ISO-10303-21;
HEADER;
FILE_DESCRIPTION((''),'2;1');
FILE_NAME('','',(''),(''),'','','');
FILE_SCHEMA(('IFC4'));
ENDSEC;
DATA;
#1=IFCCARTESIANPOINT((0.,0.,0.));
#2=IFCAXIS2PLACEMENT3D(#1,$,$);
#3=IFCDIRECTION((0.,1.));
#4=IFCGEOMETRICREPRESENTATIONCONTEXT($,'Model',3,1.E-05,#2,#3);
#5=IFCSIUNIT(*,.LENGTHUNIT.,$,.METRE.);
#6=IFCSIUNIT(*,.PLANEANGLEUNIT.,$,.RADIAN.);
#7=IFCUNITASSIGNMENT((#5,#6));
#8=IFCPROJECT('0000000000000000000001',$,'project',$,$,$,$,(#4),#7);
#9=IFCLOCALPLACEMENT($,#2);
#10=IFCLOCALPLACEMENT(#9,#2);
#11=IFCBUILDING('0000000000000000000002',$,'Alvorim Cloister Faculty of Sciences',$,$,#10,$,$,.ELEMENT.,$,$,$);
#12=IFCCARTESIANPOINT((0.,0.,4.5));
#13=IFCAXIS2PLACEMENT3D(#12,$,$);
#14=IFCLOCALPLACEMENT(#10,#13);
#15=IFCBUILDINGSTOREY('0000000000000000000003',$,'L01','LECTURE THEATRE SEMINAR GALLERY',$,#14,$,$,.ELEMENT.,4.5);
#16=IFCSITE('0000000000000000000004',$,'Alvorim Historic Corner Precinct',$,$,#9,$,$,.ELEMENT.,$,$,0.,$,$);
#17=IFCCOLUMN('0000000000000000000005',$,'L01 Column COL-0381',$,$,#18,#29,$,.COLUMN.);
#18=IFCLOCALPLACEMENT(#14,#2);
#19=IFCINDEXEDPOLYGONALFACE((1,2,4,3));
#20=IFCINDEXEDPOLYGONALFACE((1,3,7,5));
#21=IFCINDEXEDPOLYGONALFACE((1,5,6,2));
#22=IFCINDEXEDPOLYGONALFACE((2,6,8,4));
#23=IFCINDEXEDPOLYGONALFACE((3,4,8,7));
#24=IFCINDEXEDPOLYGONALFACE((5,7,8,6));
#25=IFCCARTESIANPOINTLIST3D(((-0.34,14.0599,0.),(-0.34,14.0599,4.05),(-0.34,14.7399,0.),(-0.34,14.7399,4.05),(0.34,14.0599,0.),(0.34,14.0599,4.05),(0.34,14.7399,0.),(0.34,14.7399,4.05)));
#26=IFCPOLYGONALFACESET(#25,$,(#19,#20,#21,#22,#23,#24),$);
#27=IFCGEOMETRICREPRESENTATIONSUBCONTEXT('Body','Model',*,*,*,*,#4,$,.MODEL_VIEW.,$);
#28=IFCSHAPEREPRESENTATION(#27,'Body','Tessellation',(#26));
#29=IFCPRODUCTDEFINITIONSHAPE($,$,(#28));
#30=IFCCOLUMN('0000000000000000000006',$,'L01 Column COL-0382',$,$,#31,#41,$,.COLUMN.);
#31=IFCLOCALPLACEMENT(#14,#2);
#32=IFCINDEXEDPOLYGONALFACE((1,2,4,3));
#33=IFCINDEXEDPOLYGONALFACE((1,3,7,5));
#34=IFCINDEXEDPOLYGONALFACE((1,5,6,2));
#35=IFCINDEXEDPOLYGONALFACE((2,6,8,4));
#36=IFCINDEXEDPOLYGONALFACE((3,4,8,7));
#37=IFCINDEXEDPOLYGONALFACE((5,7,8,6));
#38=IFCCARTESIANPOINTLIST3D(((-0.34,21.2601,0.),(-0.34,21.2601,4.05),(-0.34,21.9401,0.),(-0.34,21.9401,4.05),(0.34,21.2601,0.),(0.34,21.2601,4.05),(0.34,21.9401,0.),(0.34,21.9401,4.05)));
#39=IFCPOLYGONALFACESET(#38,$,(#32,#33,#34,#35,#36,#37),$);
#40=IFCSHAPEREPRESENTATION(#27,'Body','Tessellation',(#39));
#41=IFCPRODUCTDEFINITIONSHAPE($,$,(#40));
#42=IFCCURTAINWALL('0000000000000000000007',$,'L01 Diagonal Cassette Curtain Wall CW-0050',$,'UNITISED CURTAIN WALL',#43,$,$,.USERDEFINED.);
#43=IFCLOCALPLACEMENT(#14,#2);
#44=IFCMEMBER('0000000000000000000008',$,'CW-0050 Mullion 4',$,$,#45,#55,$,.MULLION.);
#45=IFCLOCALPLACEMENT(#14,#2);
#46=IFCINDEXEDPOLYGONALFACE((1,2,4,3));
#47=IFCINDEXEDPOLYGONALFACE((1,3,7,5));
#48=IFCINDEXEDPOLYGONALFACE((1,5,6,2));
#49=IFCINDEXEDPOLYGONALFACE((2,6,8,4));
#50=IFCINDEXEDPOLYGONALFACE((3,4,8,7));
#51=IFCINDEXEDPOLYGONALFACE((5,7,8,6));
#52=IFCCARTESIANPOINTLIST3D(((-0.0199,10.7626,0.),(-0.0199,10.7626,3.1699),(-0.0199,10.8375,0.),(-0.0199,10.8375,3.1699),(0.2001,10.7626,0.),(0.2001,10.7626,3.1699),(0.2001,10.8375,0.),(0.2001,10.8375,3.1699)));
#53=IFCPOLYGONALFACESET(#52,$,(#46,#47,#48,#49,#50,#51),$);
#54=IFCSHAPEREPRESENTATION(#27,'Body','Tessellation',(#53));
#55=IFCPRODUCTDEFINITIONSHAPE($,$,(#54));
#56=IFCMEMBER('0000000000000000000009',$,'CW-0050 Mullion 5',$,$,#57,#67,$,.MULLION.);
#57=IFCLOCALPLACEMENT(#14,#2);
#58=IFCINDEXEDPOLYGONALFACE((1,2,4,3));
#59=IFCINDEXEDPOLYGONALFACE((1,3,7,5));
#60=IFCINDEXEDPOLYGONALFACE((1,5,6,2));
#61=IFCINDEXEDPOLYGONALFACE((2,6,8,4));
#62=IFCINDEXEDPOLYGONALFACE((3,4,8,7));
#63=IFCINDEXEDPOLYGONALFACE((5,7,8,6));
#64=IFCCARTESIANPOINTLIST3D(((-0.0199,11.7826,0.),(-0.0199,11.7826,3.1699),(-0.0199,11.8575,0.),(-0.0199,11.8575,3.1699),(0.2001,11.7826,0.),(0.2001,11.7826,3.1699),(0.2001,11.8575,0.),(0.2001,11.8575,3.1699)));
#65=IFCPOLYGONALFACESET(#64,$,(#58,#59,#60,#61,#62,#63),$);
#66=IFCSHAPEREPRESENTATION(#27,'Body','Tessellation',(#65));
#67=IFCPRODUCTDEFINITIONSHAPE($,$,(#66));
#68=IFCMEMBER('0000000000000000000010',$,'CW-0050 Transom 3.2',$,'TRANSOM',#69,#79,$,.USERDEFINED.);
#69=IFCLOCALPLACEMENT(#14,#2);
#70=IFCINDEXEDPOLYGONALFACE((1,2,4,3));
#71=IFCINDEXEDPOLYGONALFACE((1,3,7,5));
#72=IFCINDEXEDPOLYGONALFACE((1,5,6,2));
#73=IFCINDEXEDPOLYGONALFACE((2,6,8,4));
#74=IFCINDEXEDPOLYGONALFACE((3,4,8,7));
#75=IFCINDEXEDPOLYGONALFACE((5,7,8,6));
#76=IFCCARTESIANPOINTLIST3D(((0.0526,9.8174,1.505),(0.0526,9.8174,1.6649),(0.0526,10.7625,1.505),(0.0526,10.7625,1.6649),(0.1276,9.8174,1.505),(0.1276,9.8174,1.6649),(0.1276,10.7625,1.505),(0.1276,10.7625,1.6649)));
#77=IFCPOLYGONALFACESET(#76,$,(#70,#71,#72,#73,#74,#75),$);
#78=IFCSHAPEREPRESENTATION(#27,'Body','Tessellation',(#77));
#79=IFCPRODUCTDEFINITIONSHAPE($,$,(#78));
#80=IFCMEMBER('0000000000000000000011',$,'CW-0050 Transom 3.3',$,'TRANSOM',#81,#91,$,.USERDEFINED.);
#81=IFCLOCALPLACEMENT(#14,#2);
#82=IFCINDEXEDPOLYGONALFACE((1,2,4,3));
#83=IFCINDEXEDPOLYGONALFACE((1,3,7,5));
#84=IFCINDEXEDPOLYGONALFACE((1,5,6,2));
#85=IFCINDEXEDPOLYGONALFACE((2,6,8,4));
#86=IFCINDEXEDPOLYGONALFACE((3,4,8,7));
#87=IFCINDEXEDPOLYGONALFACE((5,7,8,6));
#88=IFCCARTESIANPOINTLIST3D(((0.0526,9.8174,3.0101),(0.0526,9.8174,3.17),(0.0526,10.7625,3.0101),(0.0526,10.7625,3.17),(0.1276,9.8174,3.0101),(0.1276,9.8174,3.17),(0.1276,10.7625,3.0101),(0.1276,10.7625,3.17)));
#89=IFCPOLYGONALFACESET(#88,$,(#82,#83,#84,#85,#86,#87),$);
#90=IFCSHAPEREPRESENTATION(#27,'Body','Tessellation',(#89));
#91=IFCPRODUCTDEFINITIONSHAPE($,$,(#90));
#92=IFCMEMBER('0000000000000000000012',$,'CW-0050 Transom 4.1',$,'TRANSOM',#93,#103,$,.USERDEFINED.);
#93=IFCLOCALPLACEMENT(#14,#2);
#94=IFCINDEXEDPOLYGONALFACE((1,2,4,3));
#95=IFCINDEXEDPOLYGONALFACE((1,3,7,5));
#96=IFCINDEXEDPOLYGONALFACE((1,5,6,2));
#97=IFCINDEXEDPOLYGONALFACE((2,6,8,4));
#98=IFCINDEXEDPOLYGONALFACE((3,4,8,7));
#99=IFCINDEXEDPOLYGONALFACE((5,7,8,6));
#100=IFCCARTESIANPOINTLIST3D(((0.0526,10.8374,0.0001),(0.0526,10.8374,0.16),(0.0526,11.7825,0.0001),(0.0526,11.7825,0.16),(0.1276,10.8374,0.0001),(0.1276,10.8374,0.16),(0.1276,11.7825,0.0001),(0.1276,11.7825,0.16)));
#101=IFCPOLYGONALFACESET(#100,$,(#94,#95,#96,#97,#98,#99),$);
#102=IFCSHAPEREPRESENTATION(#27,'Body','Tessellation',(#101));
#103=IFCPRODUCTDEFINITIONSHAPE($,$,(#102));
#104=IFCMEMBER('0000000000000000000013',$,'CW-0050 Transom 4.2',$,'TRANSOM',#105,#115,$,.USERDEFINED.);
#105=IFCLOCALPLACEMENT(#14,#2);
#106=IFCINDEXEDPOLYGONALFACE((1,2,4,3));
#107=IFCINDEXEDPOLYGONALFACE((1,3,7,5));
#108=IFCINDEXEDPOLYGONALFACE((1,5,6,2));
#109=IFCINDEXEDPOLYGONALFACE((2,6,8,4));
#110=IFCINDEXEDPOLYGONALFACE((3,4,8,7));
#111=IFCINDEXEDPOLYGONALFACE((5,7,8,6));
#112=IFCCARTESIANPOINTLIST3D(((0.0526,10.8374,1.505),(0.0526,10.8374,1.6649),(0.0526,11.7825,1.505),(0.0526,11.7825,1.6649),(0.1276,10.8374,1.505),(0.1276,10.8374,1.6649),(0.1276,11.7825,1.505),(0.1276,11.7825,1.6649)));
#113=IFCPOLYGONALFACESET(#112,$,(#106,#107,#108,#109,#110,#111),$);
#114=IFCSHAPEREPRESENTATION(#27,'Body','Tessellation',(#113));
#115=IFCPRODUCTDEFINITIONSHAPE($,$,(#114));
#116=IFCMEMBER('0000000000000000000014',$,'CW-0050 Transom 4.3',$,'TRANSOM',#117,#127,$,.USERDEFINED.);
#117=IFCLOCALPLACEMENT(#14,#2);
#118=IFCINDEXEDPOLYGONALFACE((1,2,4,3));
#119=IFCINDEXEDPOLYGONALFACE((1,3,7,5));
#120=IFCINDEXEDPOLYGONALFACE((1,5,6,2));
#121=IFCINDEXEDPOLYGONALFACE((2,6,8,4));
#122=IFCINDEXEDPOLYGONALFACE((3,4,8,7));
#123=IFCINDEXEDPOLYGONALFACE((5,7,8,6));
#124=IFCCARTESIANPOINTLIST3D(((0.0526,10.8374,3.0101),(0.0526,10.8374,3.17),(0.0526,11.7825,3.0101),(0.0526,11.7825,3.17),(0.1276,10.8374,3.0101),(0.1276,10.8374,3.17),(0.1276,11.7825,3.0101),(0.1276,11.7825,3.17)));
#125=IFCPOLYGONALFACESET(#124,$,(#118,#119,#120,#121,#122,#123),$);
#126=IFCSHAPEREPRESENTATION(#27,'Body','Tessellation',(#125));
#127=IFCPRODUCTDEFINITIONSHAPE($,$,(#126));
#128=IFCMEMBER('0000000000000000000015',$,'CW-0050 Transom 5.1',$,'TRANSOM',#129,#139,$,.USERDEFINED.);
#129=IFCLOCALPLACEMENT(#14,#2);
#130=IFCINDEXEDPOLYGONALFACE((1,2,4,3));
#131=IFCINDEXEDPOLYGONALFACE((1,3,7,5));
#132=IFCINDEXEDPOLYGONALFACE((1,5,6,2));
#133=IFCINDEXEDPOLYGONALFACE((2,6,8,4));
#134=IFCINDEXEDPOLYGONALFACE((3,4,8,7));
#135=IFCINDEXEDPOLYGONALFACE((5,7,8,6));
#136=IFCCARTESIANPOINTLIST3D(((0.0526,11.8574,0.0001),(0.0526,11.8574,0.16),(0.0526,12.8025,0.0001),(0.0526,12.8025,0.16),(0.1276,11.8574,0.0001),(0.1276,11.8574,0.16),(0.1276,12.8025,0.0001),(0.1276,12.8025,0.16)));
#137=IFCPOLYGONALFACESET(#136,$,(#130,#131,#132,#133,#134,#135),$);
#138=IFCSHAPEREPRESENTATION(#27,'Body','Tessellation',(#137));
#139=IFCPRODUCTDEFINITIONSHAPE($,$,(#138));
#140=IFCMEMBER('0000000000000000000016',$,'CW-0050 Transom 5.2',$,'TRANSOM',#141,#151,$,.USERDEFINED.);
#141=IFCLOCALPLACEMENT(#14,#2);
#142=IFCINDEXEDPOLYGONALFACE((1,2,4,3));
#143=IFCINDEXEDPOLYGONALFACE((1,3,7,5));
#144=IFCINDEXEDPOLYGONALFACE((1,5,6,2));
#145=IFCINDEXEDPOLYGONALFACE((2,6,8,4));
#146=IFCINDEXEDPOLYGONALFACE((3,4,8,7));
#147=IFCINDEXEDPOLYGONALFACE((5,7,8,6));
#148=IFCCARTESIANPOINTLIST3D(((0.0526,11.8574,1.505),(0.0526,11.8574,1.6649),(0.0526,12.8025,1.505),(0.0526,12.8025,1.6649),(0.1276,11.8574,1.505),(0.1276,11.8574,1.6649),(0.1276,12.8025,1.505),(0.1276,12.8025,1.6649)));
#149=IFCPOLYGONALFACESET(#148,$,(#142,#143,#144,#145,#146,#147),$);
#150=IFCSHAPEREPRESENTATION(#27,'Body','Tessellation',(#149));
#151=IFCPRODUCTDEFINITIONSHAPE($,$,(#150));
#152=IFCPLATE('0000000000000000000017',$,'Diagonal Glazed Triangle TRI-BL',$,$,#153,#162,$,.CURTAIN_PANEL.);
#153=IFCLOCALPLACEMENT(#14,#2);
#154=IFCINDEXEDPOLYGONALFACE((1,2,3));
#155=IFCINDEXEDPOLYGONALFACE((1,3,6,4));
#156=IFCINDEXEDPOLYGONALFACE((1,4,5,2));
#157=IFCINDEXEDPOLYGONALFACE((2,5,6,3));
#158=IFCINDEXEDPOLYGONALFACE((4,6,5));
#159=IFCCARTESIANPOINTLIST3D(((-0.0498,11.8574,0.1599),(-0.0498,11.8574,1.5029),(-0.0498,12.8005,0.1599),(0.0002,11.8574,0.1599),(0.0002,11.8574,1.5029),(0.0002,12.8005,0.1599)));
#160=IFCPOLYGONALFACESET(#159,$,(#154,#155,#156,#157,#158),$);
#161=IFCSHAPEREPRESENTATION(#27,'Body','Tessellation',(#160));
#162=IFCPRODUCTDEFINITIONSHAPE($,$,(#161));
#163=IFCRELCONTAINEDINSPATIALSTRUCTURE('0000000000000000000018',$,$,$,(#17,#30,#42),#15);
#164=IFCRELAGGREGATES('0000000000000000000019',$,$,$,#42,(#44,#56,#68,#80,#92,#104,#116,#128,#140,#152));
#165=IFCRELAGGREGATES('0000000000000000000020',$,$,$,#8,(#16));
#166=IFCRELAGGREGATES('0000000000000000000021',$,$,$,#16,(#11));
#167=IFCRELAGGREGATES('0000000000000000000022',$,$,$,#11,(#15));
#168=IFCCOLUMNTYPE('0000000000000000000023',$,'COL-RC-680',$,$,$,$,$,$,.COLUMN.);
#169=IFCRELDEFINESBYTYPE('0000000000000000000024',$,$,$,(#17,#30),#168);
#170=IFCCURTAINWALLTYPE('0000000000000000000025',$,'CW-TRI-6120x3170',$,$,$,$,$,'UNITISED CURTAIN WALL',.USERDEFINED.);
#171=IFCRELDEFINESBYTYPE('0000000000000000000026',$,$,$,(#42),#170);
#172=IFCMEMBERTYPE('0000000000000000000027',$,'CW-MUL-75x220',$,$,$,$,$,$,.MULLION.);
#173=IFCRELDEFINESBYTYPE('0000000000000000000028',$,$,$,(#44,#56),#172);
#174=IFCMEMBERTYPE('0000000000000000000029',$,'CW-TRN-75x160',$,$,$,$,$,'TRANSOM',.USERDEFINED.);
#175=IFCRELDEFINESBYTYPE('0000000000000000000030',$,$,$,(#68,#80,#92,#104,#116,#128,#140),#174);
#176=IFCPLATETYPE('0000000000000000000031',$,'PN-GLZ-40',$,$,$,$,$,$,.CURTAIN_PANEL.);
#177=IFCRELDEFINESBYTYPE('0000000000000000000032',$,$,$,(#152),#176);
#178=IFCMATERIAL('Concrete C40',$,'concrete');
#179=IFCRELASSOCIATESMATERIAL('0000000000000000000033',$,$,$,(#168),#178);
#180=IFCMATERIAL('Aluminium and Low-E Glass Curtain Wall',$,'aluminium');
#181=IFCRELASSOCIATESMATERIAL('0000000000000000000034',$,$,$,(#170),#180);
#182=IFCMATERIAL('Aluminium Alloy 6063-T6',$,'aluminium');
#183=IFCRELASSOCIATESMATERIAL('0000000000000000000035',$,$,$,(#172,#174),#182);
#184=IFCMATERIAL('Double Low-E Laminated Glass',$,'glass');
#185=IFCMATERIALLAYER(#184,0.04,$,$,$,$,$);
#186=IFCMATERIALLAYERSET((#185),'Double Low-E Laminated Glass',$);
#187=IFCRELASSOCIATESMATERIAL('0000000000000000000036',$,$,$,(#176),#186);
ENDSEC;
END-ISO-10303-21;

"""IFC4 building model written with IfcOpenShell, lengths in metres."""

from ifc_helpers import new_model, si_unit, direction, frame, origin, origin_2d, place, context, subcontext, project, spatial, polyline, rectangle, outline, extrude, material, layer, layer_set, material_profile, profile_set, type_object, element, aggregate, save


model = new_model("IFC4")

# Units and contexts
model_context = context("Model", 3, precision=1e-05, world=origin(), true_north=direction((0.0, 1.0)))
body_context = subcontext(model_context, "Body", "Model", "MODEL_VIEW")
ifc_project = project(units=[si_unit("LENGTHUNIT", "METRE"), si_unit("PLANEANGLEUNIT", "RADIAN")], contexts=[model_context])

# Site, building, storey
site_placement = place(None, origin())
site = spatial("IfcSite", under=ifc_project, at=site_placement, Name="Alvorim Historic Corner Precinct", CompositionType="ELEMENT", RefElevation=0.0)
building_placement = place(site_placement, origin())
building = spatial("IfcBuilding", under=site, at=building_placement, Name="Alvorim Cloister Faculty of Sciences", CompositionType="ELEMENT")
storey_placement = place(building_placement, frame((0.0, 0.0, 4.5)))
storey = spatial("IfcBuildingStorey", under=building, at=storey_placement, Name="L01", Description="LECTURE THEATRE SEMINAR GALLERY", CompositionType="ELEMENT", Elevation=4.5)

# Columns
ifc_material_1 = material(Name="Concrete C40", Category="concrete")
ifc_material_profile_1 = material_profile(ifc_material_1, rectangle(XDim=0.6799, YDim=0.6799, at=origin_2d()), Name="RC40-COL-680x680")
ifc_profile_set_1 = profile_set([ifc_material_profile_1], Name="Concrete C40")
column_type = type_object("IfcColumnType", Name="COL-RC-680", PredefinedType="COLUMN", material=ifc_profile_set_1)
for number, where, z_axis, x_axis, name in (
    (1, (0.0, 14.3999, 0.0), (0.0, 0.0, 1.0), (1.0, 0.0, 0.0), "L01 Column COL-0381"),
    (2, (0.0, 21.6001, 0.0), (0.0, 0.0, 1.0), (1.0, 0.0, 0.0), "L01 Column COL-0382"),
):
    element("IfcColumn", number, at=place(storey_placement, frame(where, z_axis=z_axis, x_axis=x_axis)), inside=storey, type_object=column_type, Name=name, PredefinedType="COLUMN", context=body_context, shape_type="SweptSolid", body=[
        extrude(rectangle(XDim=0.6799, YDim=0.6799, at=origin_2d()), origin(), (0.0, 0.0, 1.0), 4.05),
    ])

# Curtain wall, members, plate
ifc_material_2 = material(Name="Aluminium and Low-E Glass Curtain Wall", Category="aluminium")
curtain_wall_type = type_object("IfcCurtainWallType", Name="CW-TRI-6120x3170", ElementType="UNITISED CURTAIN WALL", PredefinedType="USERDEFINED", material=ifc_material_2)
curtain_wall_placement = place(storey_placement, origin())
curtain_wall = element("IfcCurtainWall", 3, at=curtain_wall_placement, inside=storey, type_object=curtain_wall_type, Name="L01 Diagonal Cassette Curtain Wall CW-0050", ObjectType="UNITISED CURTAIN WALL", PredefinedType="USERDEFINED")
ifc_material_3 = material(Name="Aluminium Alloy 6063-T6", Category="aluminium")
ifc_material_profile_2 = material_profile(ifc_material_3, rectangle(XDim=0.075, YDim=0.22, at=origin_2d()), Name="ALU-MUL-75x220")
ifc_profile_set_2 = profile_set([ifc_material_profile_2], Name="Aluminium Alloy 6063-T6")
member_type_1 = type_object("IfcMemberType", Name="CW-MUL-75x220", PredefinedType="MULLION", material=ifc_profile_set_2)
member_1_placement = place(storey_placement, frame((0.0901, 10.8, 0.0), z_axis=(0.0, 0.0, 1.0), x_axis=(0.0, 1.0, 0.0)))
member_1 = element("IfcMember", 4, at=member_1_placement, type_object=member_type_1, Name="CW-0050 Mullion 4", PredefinedType="MULLION", context=body_context, shape_type="SweptSolid", body=[
    extrude(rectangle(XDim=0.075, YDim=0.22, at=origin_2d()), origin(), (0.0, 0.0, 1.0), 3.1699),
])
member_2_placement = place(storey_placement, frame((0.0901, 11.8201, 0.0), z_axis=(0.0, 0.0, 1.0), x_axis=(0.0, 1.0, 0.0)))
member_2 = element("IfcMember", 5, at=member_2_placement, type_object=member_type_1, Name="CW-0050 Mullion 5", PredefinedType="MULLION", context=body_context, shape_type="SweptSolid", body=[
    extrude(rectangle(XDim=0.075, YDim=0.22, at=origin_2d()), origin(), (0.0, 0.0, 1.0), 3.1699),
])
ifc_material_profile_3 = material_profile(ifc_material_3, rectangle(XDim=0.075, YDim=0.1599, at=origin_2d()), Name="ALU-TRN-75x160")
ifc_profile_set_3 = profile_set([ifc_material_profile_3], Name="Aluminium Alloy 6063-T6")
member_type_2 = type_object("IfcMemberType", Name="CW-TRN-75x160", ElementType="TRANSOM", PredefinedType="USERDEFINED", material=ifc_profile_set_3)
member_3_placement = place(storey_placement, frame((0.0901, 9.8174, 1.585), z_axis=(0.0, 1.0, 0.0), x_axis=(-1.0, 0.0, 0.0)))
member_3 = element("IfcMember", 6, at=member_3_placement, type_object=member_type_2, Name="CW-0050 Transom 3.2", ObjectType="TRANSOM", PredefinedType="USERDEFINED", context=body_context, shape_type="SweptSolid", body=[
    extrude(rectangle(XDim=0.075, YDim=0.1599, at=origin_2d()), origin(), (0.0, 0.0, 1.0), 0.9451),
])
member_4_placement = place(storey_placement, frame((0.0901, 9.8174, 3.0901), z_axis=(0.0, 1.0, 0.0), x_axis=(-1.0, 0.0, 0.0)))
member_4 = element("IfcMember", 7, at=member_4_placement, type_object=member_type_2, Name="CW-0050 Transom 3.3", ObjectType="TRANSOM", PredefinedType="USERDEFINED", context=body_context, shape_type="SweptSolid", body=[
    extrude(rectangle(XDim=0.075, YDim=0.1599, at=origin_2d()), origin(), (0.0, 0.0, 1.0), 0.9451),
])
member_5_placement = place(storey_placement, frame((0.0901, 10.8374, 0.0801), z_axis=(0.0, 1.0, 0.0), x_axis=(-1.0, 0.0, 0.0)))
member_5 = element("IfcMember", 8, at=member_5_placement, type_object=member_type_2, Name="CW-0050 Transom 4.1", ObjectType="TRANSOM", PredefinedType="USERDEFINED", context=body_context, shape_type="SweptSolid", body=[
    extrude(rectangle(XDim=0.075, YDim=0.1599, at=origin_2d()), origin(), (0.0, 0.0, 1.0), 0.9451),
])
member_6_placement = place(storey_placement, frame((0.0901, 10.8374, 1.585), z_axis=(0.0, 1.0, 0.0), x_axis=(-1.0, 0.0, 0.0)))
member_6 = element("IfcMember", 9, at=member_6_placement, type_object=member_type_2, Name="CW-0050 Transom 4.2", ObjectType="TRANSOM", PredefinedType="USERDEFINED", context=body_context, shape_type="SweptSolid", body=[
    extrude(rectangle(XDim=0.075, YDim=0.1599, at=origin_2d()), origin(), (0.0, 0.0, 1.0), 0.9451),
])
member_7_placement = place(storey_placement, frame((0.0901, 10.8374, 3.0901), z_axis=(0.0, 1.0, 0.0), x_axis=(-1.0, 0.0, 0.0)))
member_7 = element("IfcMember", 10, at=member_7_placement, type_object=member_type_2, Name="CW-0050 Transom 4.3", ObjectType="TRANSOM", PredefinedType="USERDEFINED", context=body_context, shape_type="SweptSolid", body=[
    extrude(rectangle(XDim=0.075, YDim=0.1599, at=origin_2d()), origin(), (0.0, 0.0, 1.0), 0.9451),
])
member_8_placement = place(storey_placement, frame((0.0901, 11.8574, 0.0801), z_axis=(0.0, 1.0, 0.0), x_axis=(-1.0, 0.0, 0.0)))
member_8 = element("IfcMember", 11, at=member_8_placement, type_object=member_type_2, Name="CW-0050 Transom 5.1", ObjectType="TRANSOM", PredefinedType="USERDEFINED", context=body_context, shape_type="SweptSolid", body=[
    extrude(rectangle(XDim=0.075, YDim=0.1599, at=origin_2d()), origin(), (0.0, 0.0, 1.0), 0.9451),
])
member_9_placement = place(storey_placement, frame((0.0901, 11.8574, 1.585), z_axis=(0.0, 1.0, 0.0), x_axis=(-1.0, 0.0, 0.0)))
member_9 = element("IfcMember", 12, at=member_9_placement, type_object=member_type_2, Name="CW-0050 Transom 5.2", ObjectType="TRANSOM", PredefinedType="USERDEFINED", context=body_context, shape_type="SweptSolid", body=[
    extrude(rectangle(XDim=0.075, YDim=0.1599, at=origin_2d()), origin(), (0.0, 0.0, 1.0), 0.9451),
])
ifc_material_4 = material(Name="Double Low-E Laminated Glass", Category="glass")
ifc_layer_1 = layer(ifc_material_4, 0.04)
ifc_layer_set_1 = layer_set([ifc_layer_1], Name="Double Low-E Laminated Glass")
plate_type = type_object("IfcPlateType", Name="PN-GLZ-40", PredefinedType="CURTAIN_PANEL", material=ifc_layer_set_1)
plate_1_placement = place(storey_placement, frame((-0.0249, 11.8574, 0.1599), z_axis=(0.0, 0.0, 1.0), x_axis=(0.0, 1.0, 0.0)))
plate_1 = element("IfcPlate", 13, at=plate_1_placement, type_object=plate_type, Name="Diagonal Glazed Triangle TRI-BL", PredefinedType="CURTAIN_PANEL", context=body_context, shape_type="SweptSolid", body=[
    extrude(outline(polyline([(0.0, 0.0), (0.9431, 0.0), (0.0, 1.343), (0.0, 0.0)])), frame((0.0, 0.0249, 0.0), z_axis=(0.0, -1.0, 0.0), x_axis=(1.0, 0.0, 0.0)), (0.0, 0.0, 1.0), 0.05),
])
aggregate(curtain_wall, [member_1, member_2, member_3, member_4, member_5, member_6, member_7, member_8, member_9, plate_1])

save(model, "model.ifc")
